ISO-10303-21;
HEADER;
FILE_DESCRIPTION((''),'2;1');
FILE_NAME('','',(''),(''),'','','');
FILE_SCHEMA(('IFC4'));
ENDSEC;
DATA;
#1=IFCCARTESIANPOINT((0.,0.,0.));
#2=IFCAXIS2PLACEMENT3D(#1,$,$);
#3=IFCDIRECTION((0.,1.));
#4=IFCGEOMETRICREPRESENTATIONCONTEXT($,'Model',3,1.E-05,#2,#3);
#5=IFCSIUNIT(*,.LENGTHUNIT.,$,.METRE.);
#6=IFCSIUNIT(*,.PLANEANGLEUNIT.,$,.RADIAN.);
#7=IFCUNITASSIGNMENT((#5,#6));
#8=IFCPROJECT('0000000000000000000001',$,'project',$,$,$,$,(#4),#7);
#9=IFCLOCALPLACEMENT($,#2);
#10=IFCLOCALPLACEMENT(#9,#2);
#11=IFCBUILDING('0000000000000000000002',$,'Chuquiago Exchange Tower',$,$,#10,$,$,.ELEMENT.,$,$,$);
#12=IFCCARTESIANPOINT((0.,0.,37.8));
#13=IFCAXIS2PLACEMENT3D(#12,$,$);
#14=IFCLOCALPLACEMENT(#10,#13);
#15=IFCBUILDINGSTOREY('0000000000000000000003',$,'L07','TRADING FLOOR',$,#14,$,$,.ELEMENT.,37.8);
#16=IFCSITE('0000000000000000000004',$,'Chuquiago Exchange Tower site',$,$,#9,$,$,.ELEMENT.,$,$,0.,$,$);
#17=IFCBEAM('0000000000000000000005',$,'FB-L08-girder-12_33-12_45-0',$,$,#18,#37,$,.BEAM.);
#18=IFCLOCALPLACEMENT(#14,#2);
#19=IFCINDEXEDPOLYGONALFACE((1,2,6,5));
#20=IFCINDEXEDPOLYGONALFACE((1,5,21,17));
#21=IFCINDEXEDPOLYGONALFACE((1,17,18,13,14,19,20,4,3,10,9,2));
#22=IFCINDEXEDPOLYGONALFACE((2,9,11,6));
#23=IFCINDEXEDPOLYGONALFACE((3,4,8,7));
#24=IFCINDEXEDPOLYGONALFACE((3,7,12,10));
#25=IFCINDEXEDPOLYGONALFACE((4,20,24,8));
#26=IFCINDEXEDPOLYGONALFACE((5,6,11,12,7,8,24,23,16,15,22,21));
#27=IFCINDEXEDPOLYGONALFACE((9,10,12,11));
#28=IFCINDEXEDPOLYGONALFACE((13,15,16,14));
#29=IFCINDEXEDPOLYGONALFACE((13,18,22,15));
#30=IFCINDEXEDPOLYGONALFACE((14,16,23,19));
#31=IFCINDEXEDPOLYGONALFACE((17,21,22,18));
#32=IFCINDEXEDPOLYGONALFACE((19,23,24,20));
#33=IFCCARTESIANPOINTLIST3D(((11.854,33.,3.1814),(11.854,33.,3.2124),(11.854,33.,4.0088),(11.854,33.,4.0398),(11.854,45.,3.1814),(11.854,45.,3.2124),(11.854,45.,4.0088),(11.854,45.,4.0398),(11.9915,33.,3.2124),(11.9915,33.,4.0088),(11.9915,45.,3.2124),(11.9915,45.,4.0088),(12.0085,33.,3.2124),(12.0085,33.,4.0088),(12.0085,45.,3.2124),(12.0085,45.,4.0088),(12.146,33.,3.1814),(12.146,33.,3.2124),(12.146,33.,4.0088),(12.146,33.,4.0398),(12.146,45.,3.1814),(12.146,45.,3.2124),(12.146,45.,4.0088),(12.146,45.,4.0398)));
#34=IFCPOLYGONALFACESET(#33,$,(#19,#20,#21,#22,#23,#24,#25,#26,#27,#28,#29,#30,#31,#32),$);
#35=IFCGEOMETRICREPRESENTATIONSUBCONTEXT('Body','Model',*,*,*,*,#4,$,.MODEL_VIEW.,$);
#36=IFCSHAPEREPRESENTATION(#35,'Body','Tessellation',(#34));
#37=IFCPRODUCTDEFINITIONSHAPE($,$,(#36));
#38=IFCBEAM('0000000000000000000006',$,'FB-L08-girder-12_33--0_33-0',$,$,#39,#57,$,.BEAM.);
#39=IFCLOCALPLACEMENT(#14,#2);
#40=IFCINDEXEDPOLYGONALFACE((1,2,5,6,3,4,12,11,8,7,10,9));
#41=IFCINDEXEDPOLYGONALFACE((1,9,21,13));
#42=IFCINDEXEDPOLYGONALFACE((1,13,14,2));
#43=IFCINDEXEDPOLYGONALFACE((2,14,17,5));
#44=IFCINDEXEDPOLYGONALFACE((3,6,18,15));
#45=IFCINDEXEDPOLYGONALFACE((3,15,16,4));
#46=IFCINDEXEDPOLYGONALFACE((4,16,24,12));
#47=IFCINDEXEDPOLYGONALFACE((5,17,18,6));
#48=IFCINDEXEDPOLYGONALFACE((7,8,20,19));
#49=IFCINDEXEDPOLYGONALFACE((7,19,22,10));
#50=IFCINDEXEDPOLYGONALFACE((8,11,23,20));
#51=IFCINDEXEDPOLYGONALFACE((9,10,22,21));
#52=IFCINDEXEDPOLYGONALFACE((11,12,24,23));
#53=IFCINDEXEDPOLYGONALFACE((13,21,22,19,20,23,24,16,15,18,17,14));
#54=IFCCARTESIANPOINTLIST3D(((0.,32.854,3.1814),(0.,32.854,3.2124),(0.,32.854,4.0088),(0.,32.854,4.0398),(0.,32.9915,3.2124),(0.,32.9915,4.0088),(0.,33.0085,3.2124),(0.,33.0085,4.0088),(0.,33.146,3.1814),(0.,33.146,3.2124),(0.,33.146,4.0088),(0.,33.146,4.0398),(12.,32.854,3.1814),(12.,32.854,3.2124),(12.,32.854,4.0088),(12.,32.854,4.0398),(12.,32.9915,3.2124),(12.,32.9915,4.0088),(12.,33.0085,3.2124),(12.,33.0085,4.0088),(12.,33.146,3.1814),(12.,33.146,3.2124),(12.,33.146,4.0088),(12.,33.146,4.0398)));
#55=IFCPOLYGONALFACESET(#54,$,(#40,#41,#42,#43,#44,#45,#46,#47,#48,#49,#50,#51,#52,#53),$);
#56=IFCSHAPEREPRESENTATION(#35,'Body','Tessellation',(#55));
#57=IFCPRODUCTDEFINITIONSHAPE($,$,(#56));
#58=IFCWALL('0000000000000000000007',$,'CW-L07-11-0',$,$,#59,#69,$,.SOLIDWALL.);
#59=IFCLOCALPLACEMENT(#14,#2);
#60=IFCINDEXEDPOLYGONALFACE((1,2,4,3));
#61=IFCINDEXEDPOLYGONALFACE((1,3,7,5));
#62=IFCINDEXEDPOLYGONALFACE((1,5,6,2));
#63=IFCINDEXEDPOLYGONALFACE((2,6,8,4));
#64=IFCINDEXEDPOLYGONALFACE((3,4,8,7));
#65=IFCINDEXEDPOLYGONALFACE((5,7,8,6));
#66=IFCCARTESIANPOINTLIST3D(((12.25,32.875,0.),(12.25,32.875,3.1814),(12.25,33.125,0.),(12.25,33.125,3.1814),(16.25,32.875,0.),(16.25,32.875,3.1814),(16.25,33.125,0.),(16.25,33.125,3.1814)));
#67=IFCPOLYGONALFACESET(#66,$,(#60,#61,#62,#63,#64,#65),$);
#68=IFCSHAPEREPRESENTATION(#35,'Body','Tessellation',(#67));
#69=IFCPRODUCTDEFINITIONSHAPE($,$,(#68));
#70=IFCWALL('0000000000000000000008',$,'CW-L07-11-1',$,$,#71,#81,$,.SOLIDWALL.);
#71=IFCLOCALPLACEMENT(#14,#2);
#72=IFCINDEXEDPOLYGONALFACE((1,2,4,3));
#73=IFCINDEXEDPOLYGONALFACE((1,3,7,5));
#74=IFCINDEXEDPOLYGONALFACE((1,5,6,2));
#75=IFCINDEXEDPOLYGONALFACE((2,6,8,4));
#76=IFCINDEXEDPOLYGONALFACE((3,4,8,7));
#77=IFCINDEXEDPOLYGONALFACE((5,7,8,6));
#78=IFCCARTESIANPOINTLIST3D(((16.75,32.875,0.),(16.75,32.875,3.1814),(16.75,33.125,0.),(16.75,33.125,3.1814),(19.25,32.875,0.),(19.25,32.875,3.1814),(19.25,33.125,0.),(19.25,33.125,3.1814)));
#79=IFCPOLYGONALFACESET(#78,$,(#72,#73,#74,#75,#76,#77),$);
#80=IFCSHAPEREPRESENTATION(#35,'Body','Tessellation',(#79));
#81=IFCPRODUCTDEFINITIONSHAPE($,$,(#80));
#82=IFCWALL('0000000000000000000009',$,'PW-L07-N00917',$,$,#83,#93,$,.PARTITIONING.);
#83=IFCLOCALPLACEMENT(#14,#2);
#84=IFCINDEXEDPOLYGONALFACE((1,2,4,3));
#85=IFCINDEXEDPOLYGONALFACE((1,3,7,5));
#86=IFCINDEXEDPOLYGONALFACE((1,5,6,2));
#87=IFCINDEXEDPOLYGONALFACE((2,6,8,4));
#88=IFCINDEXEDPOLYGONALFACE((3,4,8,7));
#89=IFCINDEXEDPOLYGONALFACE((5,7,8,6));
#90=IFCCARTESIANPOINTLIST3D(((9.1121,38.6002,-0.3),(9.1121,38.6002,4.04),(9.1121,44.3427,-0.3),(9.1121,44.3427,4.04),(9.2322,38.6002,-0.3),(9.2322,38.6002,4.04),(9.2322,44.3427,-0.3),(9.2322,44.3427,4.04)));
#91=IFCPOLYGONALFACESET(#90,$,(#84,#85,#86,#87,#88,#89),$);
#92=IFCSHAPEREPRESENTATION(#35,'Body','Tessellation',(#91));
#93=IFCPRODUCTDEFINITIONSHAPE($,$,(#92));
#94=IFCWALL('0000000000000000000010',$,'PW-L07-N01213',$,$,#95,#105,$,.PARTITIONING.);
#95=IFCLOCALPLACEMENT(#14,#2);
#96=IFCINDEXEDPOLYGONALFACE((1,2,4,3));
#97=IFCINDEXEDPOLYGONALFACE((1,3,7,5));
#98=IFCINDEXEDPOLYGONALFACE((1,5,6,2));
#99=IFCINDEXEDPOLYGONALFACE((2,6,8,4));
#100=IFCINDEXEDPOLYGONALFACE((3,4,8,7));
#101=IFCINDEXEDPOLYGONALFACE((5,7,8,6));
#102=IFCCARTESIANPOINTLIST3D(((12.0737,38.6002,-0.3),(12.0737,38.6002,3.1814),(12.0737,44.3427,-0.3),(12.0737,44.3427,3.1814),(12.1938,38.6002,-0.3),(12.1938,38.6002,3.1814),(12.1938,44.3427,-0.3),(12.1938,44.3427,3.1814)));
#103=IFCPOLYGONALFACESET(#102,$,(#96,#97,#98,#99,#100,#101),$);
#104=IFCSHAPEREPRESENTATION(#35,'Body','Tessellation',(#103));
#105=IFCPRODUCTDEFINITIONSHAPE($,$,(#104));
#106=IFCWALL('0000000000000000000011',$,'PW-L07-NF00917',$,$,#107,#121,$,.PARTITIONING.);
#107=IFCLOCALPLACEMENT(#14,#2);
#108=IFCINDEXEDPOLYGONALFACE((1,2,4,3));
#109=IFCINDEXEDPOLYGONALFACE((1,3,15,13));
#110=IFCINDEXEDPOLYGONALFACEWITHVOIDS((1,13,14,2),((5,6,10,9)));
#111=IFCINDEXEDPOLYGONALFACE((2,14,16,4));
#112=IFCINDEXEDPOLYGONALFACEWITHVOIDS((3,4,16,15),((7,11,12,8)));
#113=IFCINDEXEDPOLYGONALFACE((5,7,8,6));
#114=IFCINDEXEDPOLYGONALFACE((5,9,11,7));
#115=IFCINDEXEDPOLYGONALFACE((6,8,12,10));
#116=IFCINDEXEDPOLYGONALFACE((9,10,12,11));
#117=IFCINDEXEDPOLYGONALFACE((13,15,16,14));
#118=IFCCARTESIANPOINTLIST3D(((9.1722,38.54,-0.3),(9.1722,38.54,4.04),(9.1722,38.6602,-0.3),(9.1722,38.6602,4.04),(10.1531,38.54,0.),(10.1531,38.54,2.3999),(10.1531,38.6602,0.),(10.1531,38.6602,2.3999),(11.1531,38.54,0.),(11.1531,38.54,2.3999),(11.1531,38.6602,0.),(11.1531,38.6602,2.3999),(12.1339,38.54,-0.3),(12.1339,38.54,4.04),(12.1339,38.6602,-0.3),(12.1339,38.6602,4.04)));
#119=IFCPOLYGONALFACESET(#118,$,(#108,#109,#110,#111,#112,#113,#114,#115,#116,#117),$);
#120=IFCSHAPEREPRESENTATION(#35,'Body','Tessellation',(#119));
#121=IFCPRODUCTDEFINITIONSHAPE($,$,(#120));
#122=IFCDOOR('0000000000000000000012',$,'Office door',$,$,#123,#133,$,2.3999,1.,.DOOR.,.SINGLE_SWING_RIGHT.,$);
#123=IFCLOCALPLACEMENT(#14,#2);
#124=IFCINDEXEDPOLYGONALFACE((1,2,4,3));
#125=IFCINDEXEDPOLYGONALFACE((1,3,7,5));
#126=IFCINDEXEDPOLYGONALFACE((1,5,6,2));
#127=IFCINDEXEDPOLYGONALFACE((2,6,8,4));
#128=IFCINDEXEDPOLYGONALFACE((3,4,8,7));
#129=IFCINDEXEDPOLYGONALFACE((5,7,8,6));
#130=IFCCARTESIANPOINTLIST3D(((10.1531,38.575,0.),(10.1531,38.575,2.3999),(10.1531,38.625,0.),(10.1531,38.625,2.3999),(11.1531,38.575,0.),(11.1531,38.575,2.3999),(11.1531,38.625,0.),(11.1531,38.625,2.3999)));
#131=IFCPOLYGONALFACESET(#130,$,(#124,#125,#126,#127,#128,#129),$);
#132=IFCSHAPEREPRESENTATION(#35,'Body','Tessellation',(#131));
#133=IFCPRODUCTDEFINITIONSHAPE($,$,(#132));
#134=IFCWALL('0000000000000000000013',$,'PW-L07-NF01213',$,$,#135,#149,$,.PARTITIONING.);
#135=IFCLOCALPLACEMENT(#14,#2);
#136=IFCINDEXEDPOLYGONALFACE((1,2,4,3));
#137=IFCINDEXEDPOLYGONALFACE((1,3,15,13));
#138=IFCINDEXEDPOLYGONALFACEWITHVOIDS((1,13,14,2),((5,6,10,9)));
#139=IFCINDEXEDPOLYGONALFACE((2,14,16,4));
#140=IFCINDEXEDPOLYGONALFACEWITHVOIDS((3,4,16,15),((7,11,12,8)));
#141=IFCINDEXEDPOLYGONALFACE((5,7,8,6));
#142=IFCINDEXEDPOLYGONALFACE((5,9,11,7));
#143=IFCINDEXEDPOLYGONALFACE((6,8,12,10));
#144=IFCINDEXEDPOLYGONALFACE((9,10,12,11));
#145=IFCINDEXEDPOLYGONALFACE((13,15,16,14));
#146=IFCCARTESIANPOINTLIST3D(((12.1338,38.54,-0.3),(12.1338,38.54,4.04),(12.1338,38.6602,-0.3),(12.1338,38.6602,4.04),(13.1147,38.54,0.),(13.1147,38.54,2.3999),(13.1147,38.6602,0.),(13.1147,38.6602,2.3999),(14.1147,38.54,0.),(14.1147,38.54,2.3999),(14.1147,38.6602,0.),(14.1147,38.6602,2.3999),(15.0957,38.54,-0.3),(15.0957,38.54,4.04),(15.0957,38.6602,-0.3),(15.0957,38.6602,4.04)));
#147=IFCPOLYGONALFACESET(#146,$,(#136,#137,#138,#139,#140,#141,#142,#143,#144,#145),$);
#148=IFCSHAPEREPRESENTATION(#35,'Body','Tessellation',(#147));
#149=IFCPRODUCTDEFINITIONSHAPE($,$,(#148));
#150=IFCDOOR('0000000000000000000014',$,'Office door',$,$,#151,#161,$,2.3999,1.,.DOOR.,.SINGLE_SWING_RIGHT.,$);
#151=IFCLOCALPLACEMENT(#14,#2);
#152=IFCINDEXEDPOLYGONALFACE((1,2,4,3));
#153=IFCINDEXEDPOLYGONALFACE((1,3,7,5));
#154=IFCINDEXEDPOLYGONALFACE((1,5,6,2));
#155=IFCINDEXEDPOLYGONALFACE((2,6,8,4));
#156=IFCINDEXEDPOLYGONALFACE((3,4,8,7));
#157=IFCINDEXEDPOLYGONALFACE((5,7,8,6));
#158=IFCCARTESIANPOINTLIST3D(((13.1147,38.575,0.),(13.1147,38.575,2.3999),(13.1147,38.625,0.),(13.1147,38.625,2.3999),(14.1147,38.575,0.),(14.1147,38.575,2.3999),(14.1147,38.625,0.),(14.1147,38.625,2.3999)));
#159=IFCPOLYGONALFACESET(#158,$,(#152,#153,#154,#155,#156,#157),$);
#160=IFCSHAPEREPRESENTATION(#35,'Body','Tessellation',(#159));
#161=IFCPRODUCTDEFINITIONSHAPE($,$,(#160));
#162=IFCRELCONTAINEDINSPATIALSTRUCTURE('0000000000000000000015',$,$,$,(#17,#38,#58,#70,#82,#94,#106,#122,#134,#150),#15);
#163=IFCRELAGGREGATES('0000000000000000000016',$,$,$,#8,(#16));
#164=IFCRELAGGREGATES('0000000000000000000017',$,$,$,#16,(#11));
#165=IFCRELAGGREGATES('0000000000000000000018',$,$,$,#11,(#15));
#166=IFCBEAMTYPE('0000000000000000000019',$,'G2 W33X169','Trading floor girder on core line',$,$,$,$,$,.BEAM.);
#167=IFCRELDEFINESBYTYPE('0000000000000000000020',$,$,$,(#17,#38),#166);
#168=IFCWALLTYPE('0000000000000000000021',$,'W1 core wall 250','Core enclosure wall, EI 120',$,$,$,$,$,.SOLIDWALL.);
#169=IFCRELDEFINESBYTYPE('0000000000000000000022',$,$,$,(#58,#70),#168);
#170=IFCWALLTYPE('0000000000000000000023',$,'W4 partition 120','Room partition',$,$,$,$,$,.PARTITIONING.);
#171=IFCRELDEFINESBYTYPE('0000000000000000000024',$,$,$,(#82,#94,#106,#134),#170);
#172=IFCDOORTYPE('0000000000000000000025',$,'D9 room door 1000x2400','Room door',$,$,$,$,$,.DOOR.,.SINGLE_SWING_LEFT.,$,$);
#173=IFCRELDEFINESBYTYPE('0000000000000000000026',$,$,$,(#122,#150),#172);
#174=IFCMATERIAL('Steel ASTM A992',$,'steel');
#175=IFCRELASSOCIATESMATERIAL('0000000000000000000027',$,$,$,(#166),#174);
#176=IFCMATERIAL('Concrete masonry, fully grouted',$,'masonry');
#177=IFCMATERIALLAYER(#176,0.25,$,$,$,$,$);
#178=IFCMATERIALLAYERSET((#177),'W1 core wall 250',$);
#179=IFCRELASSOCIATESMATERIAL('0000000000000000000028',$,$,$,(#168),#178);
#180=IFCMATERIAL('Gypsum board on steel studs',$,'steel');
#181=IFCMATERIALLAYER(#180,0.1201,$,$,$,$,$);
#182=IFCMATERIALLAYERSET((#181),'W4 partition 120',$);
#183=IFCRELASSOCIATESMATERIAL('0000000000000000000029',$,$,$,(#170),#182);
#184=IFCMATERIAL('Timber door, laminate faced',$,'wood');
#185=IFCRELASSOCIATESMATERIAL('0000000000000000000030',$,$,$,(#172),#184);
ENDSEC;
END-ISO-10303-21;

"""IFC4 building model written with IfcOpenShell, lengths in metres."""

from ifc_helpers import new_model, si_unit, direction, frame, frame_2d, origin, origin_2d, place, context, subcontext, project, spatial, rectangle, i_section, extrude, material, layer, layer_set, material_profile, profile_set, type_object, element, fill, save


model = new_model("IFC4")

# Units and contexts
model_context = context("Model", 3, precision=1e-05, world=origin(), true_north=direction((0.0, 1.0)))
body_context = subcontext(model_context, "Body", "Model", "MODEL_VIEW")
ifc_project = project(units=[si_unit("LENGTHUNIT", "METRE"), si_unit("PLANEANGLEUNIT", "RADIAN")], contexts=[model_context])

# Site, building, storey
site_placement = place(None, origin())
site = spatial("IfcSite", under=ifc_project, at=site_placement, Name="Chuquiago Exchange Tower site", CompositionType="ELEMENT", RefElevation=0.0)
building_placement = place(site_placement, origin())
building = spatial("IfcBuilding", under=site, at=building_placement, Name="Chuquiago Exchange Tower", CompositionType="ELEMENT")
storey_placement = place(building_placement, frame((0.0, 0.0, 37.8)))
storey = spatial("IfcBuildingStorey", under=building, at=storey_placement, Name="L07", Description="TRADING FLOOR", CompositionType="ELEMENT", Elevation=37.8)

# Beams
ifc_material_1 = material(Name="Steel ASTM A992", Category="steel")
ifc_material_profile_1 = material_profile(ifc_material_1, i_section(OverallWidth=0.292, OverallDepth=0.8584, WebThickness=0.0171, FlangeThickness=0.031, at=origin_2d()), Name="W33X169")
ifc_profile_set_1 = profile_set([ifc_material_profile_1], Name="Steel ASTM A992")
beam_type_1 = type_object("IfcBeamType", Name="G2 W33X169", Description="Trading floor girder on core line", PredefinedType="BEAM", material=ifc_profile_set_1)
for number, where, z_axis, x_axis, name in (
    (1, (12.0, 33.0, 3.6106), (0.0, 1.0, 0.0), (-1.0, 0.0, 0.0), "FB-L08-girder-12_33-12_45-0"),
    (2, (12.0, 33.0, 3.6106), (-1.0, 0.0, 0.0), (0.0, -1.0, 0.0), "FB-L08-girder-12_33--0_33-0"),
):
    element("IfcBeam", number, at=place(storey_placement, frame(where, z_axis=z_axis, x_axis=x_axis)), inside=storey, type_object=beam_type_1, Name=name, PredefinedType="BEAM", context=body_context, shape_type="SweptSolid", body=[
        extrude(i_section(OverallWidth=0.292, OverallDepth=0.8584, WebThickness=0.0171, FlangeThickness=0.031, at=origin_2d()), origin(), (0.0, 0.0, 1.0), 12.0),
    ])

# Walls
ifc_material_2 = material(Name="Concrete masonry, fully grouted", Category="masonry")
ifc_layer_1 = layer(ifc_material_2, 0.25)
ifc_layer_set_1 = layer_set([ifc_layer_1], Name="W1 core wall 250")
wall_type_1 = type_object("IfcWallType", Name="W1 core wall 250", Description="Core enclosure wall, EI 120", PredefinedType="SOLIDWALL", material=ifc_layer_set_1)
wall_1_placement = place(storey_placement, frame((12.25, 33.0, 0.0), z_axis=(0.0, 0.0, 1.0), x_axis=(1.0, 0.0, 0.0)))
element("IfcWall", 3, at=wall_1_placement, inside=storey, type_object=wall_type_1, Name="CW-L07-11-0", PredefinedType="SOLIDWALL", context=body_context, shape_type="SweptSolid", body=[
    extrude(rectangle(XDim=4.0, YDim=0.25, at=frame_2d((2.0, 0.0))), origin(), (0.0, 0.0, 1.0), 3.1814),
])
wall_2_placement = place(storey_placement, frame((16.75, 33.0, 0.0), z_axis=(0.0, 0.0, 1.0), x_axis=(1.0, 0.0, 0.0)))
element("IfcWall", 4, at=wall_2_placement, inside=storey, type_object=wall_type_1, Name="CW-L07-11-1", PredefinedType="SOLIDWALL", context=body_context, shape_type="SweptSolid", body=[
    extrude(rectangle(XDim=2.5, YDim=0.25, at=frame_2d((1.25, 0.0))), origin(), (0.0, 0.0, 1.0), 3.1814),
])
ifc_material_3 = material(Name="Gypsum board on steel studs", Category="steel")
ifc_layer_2 = layer(ifc_material_3, 0.1201)
ifc_layer_set_2 = layer_set([ifc_layer_2], Name="W4 partition 120")
wall_type_2 = type_object("IfcWallType", Name="W4 partition 120", Description="Room partition", PredefinedType="PARTITIONING", material=ifc_layer_set_2)
wall_3_placement = place(storey_placement, frame((9.1721, 44.3425, -0.3), z_axis=(0.0, 0.0, 1.0), x_axis=(0.0, -1.0, 0.0)))
element("IfcWall", 5, at=wall_3_placement, inside=storey, type_object=wall_type_2, Name="PW-L07-N00917", PredefinedType="PARTITIONING", context=body_context, shape_type="SweptSolid", body=[
    extrude(rectangle(XDim=5.7424, YDim=0.1201, at=frame_2d((2.8711, 0.0))), origin(), (0.0, 0.0, 1.0), 4.3401),
])
wall_4_placement = place(storey_placement, frame((12.1338, 44.3425, -0.3), z_axis=(0.0, 0.0, 1.0), x_axis=(0.0, -1.0, 0.0)))
element("IfcWall", 6, at=wall_4_placement, inside=storey, type_object=wall_type_2, Name="PW-L07-N01213", PredefinedType="PARTITIONING", context=body_context, shape_type="SweptSolid", body=[
    extrude(rectangle(XDim=5.7424, YDim=0.1201, at=frame_2d((2.8711, 0.0))), origin(), (0.0, 0.0, 1.0), 3.4814),
])

# Walls, openings, doors
wall_5_placement = place(storey_placement, frame((9.1721, 38.6001, -0.3), z_axis=(0.0, 0.0, 1.0), x_axis=(1.0, 0.0, 0.0)))
wall_5 = element("IfcWall", 7, at=wall_5_placement, inside=storey, type_object=wall_type_2, Name="PW-L07-NF00917", PredefinedType="PARTITIONING", context=body_context, shape_type="SweptSolid", body=[
    extrude(rectangle(XDim=2.9617, YDim=0.1201, at=frame_2d((1.481, 0.0))), origin(), (0.0, 0.0, 1.0), 4.3401),
])
opening_1_placement = place(wall_5_placement, frame((0.981, 0.0, 0.3)))
opening_1 = element("IfcOpeningElement", 8, at=opening_1_placement, cuts=wall_5, PredefinedType="OPENING", context=body_context, shape_type="SweptSolid", body=[
    extrude(rectangle(XDim=1.0, YDim=2.3999, at=frame_2d((0.5, 1.2))), frame((0.0, 0.0701, 0.0), z_axis=(0.0, -1.0, 0.0), x_axis=(1.0, 0.0, 0.0)), (0.0, 0.0, 1.0), 0.1401),
])
ifc_material_4 = material(Name="Timber door, laminate faced", Category="wood")
door_type = type_object("IfcDoorType", Name="D9 room door 1000x2400", Description="Room door", OperationType="SINGLE_SWING_LEFT", PredefinedType="DOOR", material=ifc_material_4)
door_1_placement = place(opening_1_placement, origin())
door_1 = element("IfcDoor", 9, at=door_1_placement, inside=storey, type_object=door_type, Name="Office door", OperationType="SINGLE_SWING_RIGHT", OverallHeight=2.3999, OverallWidth=1.0, PredefinedType="DOOR", context=body_context, shape_type="SweptSolid", body=[
    extrude(rectangle(XDim=1.0, YDim=2.3999, at=frame_2d((0.5, 1.2))), frame((0.0, 0.0249, 0.0), z_axis=(0.0, -1.0, 0.0), x_axis=(1.0, 0.0, 0.0)), (0.0, 0.0, 1.0), 0.05),
])
fill(opening_1, door_1)
wall_6_placement = place(storey_placement, frame((12.1338, 38.6001, -0.3), z_axis=(0.0, 0.0, 1.0), x_axis=(1.0, 0.0, 0.0)))
wall_6 = element("IfcWall", 10, at=wall_6_placement, inside=storey, type_object=wall_type_2, Name="PW-L07-NF01213", PredefinedType="PARTITIONING", context=body_context, shape_type="SweptSolid", body=[
    extrude(rectangle(XDim=2.9619, YDim=0.1201, at=frame_2d((1.481, 0.0))), origin(), (0.0, 0.0, 1.0), 4.3401),
])
opening_2_placement = place(wall_6_placement, frame((0.981, 0.0, 0.3)))
opening_2 = element("IfcOpeningElement", 11, at=opening_2_placement, cuts=wall_6, PredefinedType="OPENING", context=body_context, shape_type="SweptSolid", body=[
    extrude(rectangle(XDim=1.0, YDim=2.3999, at=frame_2d((0.5, 1.2))), frame((0.0, 0.0701, 0.0), z_axis=(0.0, -1.0, 0.0), x_axis=(1.0, 0.0, 0.0)), (0.0, 0.0, 1.0), 0.1401),
])
door_2_placement = place(opening_2_placement, origin())
door_2 = element("IfcDoor", 12, at=door_2_placement, inside=storey, type_object=door_type, Name="Office door", OperationType="SINGLE_SWING_RIGHT", OverallHeight=2.3999, OverallWidth=1.0, PredefinedType="DOOR", context=body_context, shape_type="SweptSolid", body=[
    extrude(rectangle(XDim=1.0, YDim=2.3999, at=frame_2d((0.5, 1.2))), frame((0.0, 0.0249, 0.0), z_axis=(0.0, -1.0, 0.0), x_axis=(1.0, 0.0, 0.0)), (0.0, 0.0, 1.0), 0.05),
])
fill(opening_2, door_2)

save(model, "model.ifc")
